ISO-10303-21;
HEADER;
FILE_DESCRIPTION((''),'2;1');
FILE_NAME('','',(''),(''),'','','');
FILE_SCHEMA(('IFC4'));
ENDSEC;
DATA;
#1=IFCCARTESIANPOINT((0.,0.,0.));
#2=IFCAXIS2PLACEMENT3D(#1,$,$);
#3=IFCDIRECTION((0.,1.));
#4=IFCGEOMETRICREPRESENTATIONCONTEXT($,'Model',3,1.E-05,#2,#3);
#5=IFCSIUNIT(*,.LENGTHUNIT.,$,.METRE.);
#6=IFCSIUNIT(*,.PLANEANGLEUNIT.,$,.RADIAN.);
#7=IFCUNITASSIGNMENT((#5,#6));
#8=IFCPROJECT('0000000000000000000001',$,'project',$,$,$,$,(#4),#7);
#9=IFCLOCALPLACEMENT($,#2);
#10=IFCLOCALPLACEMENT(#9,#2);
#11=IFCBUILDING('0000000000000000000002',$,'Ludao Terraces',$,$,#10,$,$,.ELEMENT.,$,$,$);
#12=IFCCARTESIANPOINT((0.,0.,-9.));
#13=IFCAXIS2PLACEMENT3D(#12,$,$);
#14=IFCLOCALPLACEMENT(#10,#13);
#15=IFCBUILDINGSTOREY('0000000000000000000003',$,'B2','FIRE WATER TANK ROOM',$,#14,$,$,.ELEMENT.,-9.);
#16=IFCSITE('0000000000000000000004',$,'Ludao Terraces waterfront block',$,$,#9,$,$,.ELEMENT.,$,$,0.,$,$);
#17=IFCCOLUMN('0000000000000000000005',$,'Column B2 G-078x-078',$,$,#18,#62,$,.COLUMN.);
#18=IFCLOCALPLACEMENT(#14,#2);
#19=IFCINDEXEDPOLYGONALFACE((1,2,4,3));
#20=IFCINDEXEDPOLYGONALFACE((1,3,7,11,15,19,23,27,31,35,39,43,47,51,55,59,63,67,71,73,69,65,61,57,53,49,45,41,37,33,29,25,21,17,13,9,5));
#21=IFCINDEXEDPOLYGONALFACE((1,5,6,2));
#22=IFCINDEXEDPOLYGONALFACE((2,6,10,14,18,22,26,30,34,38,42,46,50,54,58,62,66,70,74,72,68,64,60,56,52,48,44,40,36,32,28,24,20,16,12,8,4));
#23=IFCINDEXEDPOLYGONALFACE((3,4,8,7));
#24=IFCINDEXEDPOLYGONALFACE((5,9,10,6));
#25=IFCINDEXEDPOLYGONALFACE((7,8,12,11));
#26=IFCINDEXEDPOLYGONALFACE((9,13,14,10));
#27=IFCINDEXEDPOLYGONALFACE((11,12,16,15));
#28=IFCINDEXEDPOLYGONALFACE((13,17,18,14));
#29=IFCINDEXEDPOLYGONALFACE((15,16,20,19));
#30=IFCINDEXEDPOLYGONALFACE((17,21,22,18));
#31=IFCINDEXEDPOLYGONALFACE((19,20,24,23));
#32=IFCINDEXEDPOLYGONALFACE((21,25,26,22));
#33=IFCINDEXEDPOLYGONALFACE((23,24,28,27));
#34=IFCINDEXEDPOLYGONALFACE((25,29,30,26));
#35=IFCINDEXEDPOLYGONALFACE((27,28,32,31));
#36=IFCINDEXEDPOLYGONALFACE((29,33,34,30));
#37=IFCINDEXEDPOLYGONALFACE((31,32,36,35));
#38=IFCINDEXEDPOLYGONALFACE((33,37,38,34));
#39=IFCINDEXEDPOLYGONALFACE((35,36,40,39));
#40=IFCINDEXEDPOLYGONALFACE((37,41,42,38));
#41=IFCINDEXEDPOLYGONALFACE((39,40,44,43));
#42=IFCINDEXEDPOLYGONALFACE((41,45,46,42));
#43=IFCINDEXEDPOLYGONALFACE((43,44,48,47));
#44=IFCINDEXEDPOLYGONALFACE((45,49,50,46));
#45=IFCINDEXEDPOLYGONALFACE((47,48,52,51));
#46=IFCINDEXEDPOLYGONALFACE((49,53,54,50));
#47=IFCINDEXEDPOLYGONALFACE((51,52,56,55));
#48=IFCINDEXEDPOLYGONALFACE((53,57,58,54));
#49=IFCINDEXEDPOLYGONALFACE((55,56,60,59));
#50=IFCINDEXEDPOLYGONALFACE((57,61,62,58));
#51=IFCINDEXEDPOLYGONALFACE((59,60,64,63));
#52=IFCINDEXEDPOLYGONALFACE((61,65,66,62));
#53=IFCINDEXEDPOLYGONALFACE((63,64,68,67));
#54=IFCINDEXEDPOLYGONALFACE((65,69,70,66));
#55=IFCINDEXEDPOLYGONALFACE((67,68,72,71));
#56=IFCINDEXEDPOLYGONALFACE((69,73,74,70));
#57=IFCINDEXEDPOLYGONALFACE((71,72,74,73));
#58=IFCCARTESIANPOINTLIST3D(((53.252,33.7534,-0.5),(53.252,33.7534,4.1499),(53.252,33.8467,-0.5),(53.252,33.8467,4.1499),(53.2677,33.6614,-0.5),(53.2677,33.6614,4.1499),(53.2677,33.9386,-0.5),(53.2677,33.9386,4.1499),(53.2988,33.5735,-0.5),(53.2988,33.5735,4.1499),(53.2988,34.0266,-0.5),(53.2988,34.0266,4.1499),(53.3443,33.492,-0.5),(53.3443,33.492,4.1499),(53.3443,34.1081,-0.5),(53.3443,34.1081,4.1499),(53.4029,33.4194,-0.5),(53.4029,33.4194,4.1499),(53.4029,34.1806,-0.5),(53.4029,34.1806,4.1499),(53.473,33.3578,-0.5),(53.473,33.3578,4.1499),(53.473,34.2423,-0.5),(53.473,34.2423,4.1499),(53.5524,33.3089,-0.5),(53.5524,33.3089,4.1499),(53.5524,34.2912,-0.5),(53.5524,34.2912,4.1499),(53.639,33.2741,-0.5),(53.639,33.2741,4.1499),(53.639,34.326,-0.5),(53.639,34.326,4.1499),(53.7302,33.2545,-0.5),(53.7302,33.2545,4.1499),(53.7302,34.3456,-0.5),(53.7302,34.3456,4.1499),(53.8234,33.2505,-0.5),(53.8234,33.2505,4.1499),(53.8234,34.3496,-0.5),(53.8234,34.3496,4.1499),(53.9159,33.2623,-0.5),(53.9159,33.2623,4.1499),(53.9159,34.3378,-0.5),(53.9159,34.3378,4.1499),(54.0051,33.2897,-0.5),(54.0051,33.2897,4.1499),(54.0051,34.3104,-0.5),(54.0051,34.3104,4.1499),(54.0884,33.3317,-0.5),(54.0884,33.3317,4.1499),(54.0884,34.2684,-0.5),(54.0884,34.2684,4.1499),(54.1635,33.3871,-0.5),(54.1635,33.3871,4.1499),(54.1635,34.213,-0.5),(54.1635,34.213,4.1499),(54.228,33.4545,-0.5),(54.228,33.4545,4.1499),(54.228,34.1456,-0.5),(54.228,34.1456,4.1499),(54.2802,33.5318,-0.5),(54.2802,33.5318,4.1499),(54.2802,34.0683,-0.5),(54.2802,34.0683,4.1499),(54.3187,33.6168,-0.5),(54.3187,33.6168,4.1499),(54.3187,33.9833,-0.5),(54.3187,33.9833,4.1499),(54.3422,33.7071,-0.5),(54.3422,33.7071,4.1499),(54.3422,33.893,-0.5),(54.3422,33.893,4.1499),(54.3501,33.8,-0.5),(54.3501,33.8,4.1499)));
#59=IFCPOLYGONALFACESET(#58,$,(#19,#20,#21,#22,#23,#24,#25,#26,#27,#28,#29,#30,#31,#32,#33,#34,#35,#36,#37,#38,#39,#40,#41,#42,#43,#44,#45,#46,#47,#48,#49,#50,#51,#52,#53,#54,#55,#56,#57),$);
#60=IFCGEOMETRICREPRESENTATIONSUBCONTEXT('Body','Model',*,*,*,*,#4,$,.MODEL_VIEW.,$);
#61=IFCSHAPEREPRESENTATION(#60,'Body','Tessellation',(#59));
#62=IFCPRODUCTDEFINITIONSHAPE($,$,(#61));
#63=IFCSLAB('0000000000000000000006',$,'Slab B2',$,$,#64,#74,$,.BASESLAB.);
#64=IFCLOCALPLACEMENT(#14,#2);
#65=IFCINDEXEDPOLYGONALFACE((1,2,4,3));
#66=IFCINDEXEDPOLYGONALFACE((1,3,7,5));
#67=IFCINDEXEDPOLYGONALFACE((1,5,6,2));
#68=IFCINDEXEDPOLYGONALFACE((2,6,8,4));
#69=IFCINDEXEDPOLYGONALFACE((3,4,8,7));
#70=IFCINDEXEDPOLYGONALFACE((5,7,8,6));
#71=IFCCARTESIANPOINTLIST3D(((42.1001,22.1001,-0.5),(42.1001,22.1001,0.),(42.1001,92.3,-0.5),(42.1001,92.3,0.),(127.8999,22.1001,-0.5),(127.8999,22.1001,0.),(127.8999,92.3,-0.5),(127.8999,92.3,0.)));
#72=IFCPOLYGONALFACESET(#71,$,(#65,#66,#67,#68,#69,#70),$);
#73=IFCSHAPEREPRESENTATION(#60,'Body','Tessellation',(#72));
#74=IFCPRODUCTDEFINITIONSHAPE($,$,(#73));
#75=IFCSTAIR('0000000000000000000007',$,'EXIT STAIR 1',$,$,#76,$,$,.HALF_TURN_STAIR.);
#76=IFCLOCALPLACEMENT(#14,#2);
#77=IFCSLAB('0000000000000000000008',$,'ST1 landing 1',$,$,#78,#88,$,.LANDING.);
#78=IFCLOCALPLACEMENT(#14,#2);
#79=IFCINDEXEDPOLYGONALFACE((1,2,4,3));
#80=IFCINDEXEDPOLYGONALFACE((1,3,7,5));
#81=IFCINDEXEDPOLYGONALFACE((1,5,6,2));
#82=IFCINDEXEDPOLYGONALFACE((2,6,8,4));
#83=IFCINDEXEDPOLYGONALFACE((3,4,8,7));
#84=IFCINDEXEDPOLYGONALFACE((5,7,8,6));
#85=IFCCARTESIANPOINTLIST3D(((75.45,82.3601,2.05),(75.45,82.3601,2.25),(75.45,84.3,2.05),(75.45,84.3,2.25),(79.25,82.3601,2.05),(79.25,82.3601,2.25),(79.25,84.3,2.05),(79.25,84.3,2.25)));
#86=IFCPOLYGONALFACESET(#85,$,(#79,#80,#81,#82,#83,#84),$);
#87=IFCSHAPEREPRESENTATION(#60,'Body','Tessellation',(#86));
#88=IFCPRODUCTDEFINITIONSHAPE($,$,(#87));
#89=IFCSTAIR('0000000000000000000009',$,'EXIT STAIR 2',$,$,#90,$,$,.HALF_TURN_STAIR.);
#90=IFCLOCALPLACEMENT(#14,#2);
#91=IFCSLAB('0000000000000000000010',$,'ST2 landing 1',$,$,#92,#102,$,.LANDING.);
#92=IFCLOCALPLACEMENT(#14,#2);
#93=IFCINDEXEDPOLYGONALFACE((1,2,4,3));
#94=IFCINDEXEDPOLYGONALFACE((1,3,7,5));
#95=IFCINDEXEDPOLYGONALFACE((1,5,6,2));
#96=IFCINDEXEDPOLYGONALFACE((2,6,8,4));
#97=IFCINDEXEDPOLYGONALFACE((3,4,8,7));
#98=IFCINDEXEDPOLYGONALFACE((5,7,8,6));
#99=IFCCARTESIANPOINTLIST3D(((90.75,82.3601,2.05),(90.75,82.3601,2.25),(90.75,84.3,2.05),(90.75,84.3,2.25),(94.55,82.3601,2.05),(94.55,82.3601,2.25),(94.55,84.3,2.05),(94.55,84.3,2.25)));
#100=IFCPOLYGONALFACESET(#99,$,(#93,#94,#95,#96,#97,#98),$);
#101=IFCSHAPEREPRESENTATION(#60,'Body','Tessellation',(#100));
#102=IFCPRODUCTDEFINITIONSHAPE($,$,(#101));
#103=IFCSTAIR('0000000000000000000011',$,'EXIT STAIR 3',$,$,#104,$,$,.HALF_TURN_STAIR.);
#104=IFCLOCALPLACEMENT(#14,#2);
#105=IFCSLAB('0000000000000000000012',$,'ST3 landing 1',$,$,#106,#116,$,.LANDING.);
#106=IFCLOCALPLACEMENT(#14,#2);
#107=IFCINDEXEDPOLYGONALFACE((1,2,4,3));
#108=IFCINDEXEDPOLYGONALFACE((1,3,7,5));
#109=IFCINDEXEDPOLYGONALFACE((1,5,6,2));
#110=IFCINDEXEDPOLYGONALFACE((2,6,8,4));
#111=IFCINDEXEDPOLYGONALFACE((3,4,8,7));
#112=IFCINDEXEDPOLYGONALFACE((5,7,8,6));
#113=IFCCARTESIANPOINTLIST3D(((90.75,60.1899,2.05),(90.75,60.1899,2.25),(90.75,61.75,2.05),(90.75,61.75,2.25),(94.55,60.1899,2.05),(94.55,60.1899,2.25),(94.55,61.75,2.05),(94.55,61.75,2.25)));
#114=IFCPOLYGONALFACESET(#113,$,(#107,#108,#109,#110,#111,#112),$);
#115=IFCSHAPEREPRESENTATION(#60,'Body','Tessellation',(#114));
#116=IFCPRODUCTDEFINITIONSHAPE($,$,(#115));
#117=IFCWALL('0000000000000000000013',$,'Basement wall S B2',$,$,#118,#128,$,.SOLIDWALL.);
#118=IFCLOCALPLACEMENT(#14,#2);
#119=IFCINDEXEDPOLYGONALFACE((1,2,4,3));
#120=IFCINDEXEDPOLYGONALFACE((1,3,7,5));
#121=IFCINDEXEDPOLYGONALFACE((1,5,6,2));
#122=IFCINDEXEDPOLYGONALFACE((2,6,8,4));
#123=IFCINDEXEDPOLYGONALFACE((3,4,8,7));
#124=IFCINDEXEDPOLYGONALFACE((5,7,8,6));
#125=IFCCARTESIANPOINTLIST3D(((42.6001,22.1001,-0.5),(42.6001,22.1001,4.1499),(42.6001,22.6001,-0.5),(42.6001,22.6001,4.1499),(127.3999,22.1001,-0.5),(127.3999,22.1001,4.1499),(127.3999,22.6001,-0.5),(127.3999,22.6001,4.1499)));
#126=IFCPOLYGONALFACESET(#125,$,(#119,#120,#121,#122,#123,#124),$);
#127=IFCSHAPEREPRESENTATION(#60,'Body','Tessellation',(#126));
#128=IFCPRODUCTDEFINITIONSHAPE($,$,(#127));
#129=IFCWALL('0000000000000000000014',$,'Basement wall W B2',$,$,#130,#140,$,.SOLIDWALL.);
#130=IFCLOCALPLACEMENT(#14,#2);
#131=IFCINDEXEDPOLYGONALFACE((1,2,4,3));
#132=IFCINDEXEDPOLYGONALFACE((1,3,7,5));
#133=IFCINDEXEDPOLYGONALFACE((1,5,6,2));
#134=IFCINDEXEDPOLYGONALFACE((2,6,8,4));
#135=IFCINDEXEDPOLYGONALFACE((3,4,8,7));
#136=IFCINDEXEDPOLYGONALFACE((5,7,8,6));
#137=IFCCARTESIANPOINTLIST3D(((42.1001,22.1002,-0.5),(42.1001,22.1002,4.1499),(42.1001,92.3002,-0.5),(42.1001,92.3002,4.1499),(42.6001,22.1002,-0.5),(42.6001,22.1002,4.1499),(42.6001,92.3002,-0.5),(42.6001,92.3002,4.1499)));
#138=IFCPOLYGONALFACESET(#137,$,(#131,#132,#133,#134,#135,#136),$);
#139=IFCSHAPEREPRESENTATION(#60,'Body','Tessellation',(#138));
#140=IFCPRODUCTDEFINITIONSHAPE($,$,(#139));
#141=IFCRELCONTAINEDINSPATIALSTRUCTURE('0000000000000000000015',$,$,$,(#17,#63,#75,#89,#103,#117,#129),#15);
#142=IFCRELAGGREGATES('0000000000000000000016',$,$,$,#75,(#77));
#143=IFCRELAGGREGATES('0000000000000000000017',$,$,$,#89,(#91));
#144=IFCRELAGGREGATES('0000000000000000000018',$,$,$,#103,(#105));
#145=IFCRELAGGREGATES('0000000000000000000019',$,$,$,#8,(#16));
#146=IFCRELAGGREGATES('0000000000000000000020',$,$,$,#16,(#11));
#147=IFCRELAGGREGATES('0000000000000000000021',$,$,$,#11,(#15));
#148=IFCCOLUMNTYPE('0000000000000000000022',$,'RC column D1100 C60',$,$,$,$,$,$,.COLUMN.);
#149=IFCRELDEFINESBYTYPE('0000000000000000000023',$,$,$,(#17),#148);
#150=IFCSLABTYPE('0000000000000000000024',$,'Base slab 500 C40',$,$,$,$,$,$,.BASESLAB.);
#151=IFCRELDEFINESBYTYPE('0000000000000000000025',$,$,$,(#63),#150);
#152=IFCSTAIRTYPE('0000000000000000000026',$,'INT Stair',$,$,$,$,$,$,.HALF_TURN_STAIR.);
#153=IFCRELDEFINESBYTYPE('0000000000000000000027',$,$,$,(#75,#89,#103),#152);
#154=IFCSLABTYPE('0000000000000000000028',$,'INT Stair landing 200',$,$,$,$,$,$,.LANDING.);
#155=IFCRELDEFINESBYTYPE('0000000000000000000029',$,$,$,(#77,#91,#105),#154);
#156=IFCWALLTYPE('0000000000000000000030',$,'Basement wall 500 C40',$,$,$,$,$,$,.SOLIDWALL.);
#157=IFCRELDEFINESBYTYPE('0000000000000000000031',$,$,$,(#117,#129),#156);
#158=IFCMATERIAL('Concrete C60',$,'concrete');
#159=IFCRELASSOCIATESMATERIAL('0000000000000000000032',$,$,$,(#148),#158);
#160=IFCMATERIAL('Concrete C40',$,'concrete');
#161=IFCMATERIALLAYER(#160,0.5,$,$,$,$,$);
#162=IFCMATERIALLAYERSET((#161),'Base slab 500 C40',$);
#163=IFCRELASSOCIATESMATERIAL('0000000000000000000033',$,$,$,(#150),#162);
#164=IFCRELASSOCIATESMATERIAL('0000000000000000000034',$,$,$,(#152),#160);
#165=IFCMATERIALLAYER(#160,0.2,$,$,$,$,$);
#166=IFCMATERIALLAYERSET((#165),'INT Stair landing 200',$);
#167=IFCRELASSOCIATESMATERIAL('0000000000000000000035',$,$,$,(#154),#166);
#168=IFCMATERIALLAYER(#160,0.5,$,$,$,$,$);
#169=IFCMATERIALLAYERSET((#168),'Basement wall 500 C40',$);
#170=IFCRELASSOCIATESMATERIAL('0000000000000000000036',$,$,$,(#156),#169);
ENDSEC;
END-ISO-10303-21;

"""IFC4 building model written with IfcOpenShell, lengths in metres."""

from ifc_helpers import new_model, si_unit, direction, frame, frame_2d, origin, origin_2d, place, context, subcontext, project, spatial, polyline, rectangle, circle, outline, extrude, material, layer, layer_set, material_profile, profile_set, type_object, element, aggregate, save


model = new_model("IFC4")

# Units and contexts
model_context = context("Model", 3, precision=1e-05, world=origin(), true_north=direction((0.0, 1.0)))
body_context = subcontext(model_context, "Body", "Model", "MODEL_VIEW")
ifc_project = project(units=[si_unit("LENGTHUNIT", "METRE"), si_unit("PLANEANGLEUNIT", "RADIAN")], contexts=[model_context])

# Site, building, storey
site_placement = place(None, origin())
site = spatial("IfcSite", under=ifc_project, at=site_placement, Name="Ludao Terraces waterfront block", CompositionType="ELEMENT", RefElevation=0.0)
building_placement = place(site_placement, origin())
building = spatial("IfcBuilding", under=site, at=building_placement, Name="Ludao Terraces", CompositionType="ELEMENT")
storey_placement = place(building_placement, frame((0.0, 0.0, -9.0)))
storey = spatial("IfcBuildingStorey", under=building, at=storey_placement, Name="B2", Description="FIRE WATER TANK ROOM", CompositionType="ELEMENT", Elevation=-9.0)

# Shared definitions
ifc_material_1 = material(Name="Concrete C40", Category="concrete")

# Column
ifc_material_2 = material(Name="Concrete C60", Category="concrete")
ifc_material_profile = material_profile(ifc_material_2, circle(Radius=0.55, at=origin_2d()), Name="D1100")
ifc_profile_set = profile_set([ifc_material_profile], Name="Concrete C60")
column_type = type_object("IfcColumnType", Name="RC column D1100 C60", PredefinedType="COLUMN", material=ifc_profile_set)
for number, where, z_axis, x_axis, name in (
    (1, (53.8, 33.8, -0.5), (0.0, 0.0, 1.0), (1.0, 0.0, 0.0), "Column B2 G-078x-078"),
):
    element("IfcColumn", number, at=place(storey_placement, frame(where, z_axis=z_axis, x_axis=x_axis)), inside=storey, type_object=column_type, Name=name, PredefinedType="COLUMN", context=body_context, shape_type="SweptSolid", body=[
        extrude(circle(Radius=0.55, at=origin_2d()), origin(), (0.0, 0.0, 1.0), 4.6499),
    ])

# Slab
ifc_layer_1 = layer(ifc_material_1, 0.5)
ifc_layer_set_1 = layer_set([ifc_layer_1], Name="Base slab 500 C40")
slab_type_1 = type_object("IfcSlabType", Name="Base slab 500 C40", PredefinedType="BASESLAB", material=ifc_layer_set_1)
slab_1_placement = place(storey_placement, frame((0.0, 0.0, -0.5)))
element("IfcSlab", 2, at=slab_1_placement, inside=storey, type_object=slab_type_1, Name="Slab B2", PredefinedType="BASESLAB", context=body_context, shape_type="SweptSolid", body=[
    extrude(outline(polyline([(42.1001, 22.1001), (127.8999, 22.1001), (127.8999, 92.3), (42.1001, 92.3), (42.1001, 22.1001)])), origin(), (0.0, 0.0, 1.0), 0.5),
])

# Stairs, slabs
stair_type = type_object("IfcStairType", Name="INT Stair", PredefinedType="HALF_TURN_STAIR", material=ifc_material_1)
stair_1_placement = place(storey_placement, origin())
stair_1 = element("IfcStair", 3, at=stair_1_placement, inside=storey, type_object=stair_type, Name="EXIT STAIR 1", PredefinedType="HALF_TURN_STAIR")
ifc_layer_2 = layer(ifc_material_1, 0.2)
ifc_layer_set_2 = layer_set([ifc_layer_2], Name="INT Stair landing 200")
slab_type_2 = type_object("IfcSlabType", Name="INT Stair landing 200", PredefinedType="LANDING", material=ifc_layer_set_2)
slab_2_placement = place(storey_placement, frame((0.0, 0.0, 2.05)))
slab_2 = element("IfcSlab", 4, at=slab_2_placement, type_object=slab_type_2, Name="ST1 landing 1", PredefinedType="LANDING", context=body_context, shape_type="SweptSolid", body=[
    extrude(outline(polyline([(75.45, 82.3601), (79.25, 82.3601), (79.25, 84.3), (75.45, 84.3), (75.45, 82.3601)])), origin(), (0.0, 0.0, 1.0), 0.2),
])
aggregate(stair_1, [slab_2])
stair_2_placement = place(storey_placement, origin())
stair_2 = element("IfcStair", 5, at=stair_2_placement, inside=storey, type_object=stair_type, Name="EXIT STAIR 2", PredefinedType="HALF_TURN_STAIR")
slab_3_placement = place(storey_placement, frame((0.0, 0.0, 2.05)))
slab_3 = element("IfcSlab", 6, at=slab_3_placement, type_object=slab_type_2, Name="ST2 landing 1", PredefinedType="LANDING", context=body_context, shape_type="SweptSolid", body=[
    extrude(outline(polyline([(90.75, 82.3601), (94.55, 82.3601), (94.55, 84.3), (90.75, 84.3), (90.75, 82.3601)])), origin(), (0.0, 0.0, 1.0), 0.2),
])
aggregate(stair_2, [slab_3])
stair_3_placement = place(storey_placement, origin())
stair_3 = element("IfcStair", 7, at=stair_3_placement, inside=storey, type_object=stair_type, Name="EXIT STAIR 3", PredefinedType="HALF_TURN_STAIR")
slab_4_placement = place(storey_placement, frame((0.0, 0.0, 2.05)))
slab_4 = element("IfcSlab", 8, at=slab_4_placement, type_object=slab_type_2, Name="ST3 landing 1", PredefinedType="LANDING", context=body_context, shape_type="SweptSolid", body=[
    extrude(outline(polyline([(90.75, 60.1899), (94.55, 60.1899), (94.55, 61.75), (90.75, 61.75), (90.75, 60.1899)])), origin(), (0.0, 0.0, 1.0), 0.2),
])
aggregate(stair_3, [slab_4])

# Walls
ifc_layer_3 = layer(ifc_material_1, 0.5)
ifc_layer_set_3 = layer_set([ifc_layer_3], Name="Basement wall 500 C40")
wall_type_1 = type_object("IfcWallType", Name="Basement wall 500 C40", PredefinedType="SOLIDWALL", material=ifc_layer_set_3)
wall_1_placement = place(storey_placement, frame((42.6001, 22.3501, -0.5), z_axis=(0.0, 0.0, 1.0), x_axis=(1.0, 0.0, 0.0)))
element("IfcWall", 9, at=wall_1_placement, inside=storey, type_object=wall_type_1, Name="Basement wall S B2", PredefinedType="SOLIDWALL", context=body_context, shape_type="SweptSolid", body=[
    extrude(rectangle(XDim=84.7998, YDim=0.5, at=frame_2d((42.3999, 0.0))), origin(), (0.0, 0.0, 1.0), 4.6499),
])
wall_2_placement = place(storey_placement, frame((42.3501, 22.1001, -0.5), z_axis=(0.0, 0.0, 1.0), x_axis=(0.0, 1.0, 0.0)))
element("IfcWall", 10, at=wall_2_placement, inside=storey, type_object=wall_type_1, Name="Basement wall W B2", PredefinedType="SOLIDWALL", context=body_context, shape_type="SweptSolid", body=[
    extrude(rectangle(XDim=70.2, YDim=0.5, at=frame_2d((35.1001, 0.0))), origin(), (0.0, 0.0, 1.0), 4.6499),
])

save(model, "model.ifc")
